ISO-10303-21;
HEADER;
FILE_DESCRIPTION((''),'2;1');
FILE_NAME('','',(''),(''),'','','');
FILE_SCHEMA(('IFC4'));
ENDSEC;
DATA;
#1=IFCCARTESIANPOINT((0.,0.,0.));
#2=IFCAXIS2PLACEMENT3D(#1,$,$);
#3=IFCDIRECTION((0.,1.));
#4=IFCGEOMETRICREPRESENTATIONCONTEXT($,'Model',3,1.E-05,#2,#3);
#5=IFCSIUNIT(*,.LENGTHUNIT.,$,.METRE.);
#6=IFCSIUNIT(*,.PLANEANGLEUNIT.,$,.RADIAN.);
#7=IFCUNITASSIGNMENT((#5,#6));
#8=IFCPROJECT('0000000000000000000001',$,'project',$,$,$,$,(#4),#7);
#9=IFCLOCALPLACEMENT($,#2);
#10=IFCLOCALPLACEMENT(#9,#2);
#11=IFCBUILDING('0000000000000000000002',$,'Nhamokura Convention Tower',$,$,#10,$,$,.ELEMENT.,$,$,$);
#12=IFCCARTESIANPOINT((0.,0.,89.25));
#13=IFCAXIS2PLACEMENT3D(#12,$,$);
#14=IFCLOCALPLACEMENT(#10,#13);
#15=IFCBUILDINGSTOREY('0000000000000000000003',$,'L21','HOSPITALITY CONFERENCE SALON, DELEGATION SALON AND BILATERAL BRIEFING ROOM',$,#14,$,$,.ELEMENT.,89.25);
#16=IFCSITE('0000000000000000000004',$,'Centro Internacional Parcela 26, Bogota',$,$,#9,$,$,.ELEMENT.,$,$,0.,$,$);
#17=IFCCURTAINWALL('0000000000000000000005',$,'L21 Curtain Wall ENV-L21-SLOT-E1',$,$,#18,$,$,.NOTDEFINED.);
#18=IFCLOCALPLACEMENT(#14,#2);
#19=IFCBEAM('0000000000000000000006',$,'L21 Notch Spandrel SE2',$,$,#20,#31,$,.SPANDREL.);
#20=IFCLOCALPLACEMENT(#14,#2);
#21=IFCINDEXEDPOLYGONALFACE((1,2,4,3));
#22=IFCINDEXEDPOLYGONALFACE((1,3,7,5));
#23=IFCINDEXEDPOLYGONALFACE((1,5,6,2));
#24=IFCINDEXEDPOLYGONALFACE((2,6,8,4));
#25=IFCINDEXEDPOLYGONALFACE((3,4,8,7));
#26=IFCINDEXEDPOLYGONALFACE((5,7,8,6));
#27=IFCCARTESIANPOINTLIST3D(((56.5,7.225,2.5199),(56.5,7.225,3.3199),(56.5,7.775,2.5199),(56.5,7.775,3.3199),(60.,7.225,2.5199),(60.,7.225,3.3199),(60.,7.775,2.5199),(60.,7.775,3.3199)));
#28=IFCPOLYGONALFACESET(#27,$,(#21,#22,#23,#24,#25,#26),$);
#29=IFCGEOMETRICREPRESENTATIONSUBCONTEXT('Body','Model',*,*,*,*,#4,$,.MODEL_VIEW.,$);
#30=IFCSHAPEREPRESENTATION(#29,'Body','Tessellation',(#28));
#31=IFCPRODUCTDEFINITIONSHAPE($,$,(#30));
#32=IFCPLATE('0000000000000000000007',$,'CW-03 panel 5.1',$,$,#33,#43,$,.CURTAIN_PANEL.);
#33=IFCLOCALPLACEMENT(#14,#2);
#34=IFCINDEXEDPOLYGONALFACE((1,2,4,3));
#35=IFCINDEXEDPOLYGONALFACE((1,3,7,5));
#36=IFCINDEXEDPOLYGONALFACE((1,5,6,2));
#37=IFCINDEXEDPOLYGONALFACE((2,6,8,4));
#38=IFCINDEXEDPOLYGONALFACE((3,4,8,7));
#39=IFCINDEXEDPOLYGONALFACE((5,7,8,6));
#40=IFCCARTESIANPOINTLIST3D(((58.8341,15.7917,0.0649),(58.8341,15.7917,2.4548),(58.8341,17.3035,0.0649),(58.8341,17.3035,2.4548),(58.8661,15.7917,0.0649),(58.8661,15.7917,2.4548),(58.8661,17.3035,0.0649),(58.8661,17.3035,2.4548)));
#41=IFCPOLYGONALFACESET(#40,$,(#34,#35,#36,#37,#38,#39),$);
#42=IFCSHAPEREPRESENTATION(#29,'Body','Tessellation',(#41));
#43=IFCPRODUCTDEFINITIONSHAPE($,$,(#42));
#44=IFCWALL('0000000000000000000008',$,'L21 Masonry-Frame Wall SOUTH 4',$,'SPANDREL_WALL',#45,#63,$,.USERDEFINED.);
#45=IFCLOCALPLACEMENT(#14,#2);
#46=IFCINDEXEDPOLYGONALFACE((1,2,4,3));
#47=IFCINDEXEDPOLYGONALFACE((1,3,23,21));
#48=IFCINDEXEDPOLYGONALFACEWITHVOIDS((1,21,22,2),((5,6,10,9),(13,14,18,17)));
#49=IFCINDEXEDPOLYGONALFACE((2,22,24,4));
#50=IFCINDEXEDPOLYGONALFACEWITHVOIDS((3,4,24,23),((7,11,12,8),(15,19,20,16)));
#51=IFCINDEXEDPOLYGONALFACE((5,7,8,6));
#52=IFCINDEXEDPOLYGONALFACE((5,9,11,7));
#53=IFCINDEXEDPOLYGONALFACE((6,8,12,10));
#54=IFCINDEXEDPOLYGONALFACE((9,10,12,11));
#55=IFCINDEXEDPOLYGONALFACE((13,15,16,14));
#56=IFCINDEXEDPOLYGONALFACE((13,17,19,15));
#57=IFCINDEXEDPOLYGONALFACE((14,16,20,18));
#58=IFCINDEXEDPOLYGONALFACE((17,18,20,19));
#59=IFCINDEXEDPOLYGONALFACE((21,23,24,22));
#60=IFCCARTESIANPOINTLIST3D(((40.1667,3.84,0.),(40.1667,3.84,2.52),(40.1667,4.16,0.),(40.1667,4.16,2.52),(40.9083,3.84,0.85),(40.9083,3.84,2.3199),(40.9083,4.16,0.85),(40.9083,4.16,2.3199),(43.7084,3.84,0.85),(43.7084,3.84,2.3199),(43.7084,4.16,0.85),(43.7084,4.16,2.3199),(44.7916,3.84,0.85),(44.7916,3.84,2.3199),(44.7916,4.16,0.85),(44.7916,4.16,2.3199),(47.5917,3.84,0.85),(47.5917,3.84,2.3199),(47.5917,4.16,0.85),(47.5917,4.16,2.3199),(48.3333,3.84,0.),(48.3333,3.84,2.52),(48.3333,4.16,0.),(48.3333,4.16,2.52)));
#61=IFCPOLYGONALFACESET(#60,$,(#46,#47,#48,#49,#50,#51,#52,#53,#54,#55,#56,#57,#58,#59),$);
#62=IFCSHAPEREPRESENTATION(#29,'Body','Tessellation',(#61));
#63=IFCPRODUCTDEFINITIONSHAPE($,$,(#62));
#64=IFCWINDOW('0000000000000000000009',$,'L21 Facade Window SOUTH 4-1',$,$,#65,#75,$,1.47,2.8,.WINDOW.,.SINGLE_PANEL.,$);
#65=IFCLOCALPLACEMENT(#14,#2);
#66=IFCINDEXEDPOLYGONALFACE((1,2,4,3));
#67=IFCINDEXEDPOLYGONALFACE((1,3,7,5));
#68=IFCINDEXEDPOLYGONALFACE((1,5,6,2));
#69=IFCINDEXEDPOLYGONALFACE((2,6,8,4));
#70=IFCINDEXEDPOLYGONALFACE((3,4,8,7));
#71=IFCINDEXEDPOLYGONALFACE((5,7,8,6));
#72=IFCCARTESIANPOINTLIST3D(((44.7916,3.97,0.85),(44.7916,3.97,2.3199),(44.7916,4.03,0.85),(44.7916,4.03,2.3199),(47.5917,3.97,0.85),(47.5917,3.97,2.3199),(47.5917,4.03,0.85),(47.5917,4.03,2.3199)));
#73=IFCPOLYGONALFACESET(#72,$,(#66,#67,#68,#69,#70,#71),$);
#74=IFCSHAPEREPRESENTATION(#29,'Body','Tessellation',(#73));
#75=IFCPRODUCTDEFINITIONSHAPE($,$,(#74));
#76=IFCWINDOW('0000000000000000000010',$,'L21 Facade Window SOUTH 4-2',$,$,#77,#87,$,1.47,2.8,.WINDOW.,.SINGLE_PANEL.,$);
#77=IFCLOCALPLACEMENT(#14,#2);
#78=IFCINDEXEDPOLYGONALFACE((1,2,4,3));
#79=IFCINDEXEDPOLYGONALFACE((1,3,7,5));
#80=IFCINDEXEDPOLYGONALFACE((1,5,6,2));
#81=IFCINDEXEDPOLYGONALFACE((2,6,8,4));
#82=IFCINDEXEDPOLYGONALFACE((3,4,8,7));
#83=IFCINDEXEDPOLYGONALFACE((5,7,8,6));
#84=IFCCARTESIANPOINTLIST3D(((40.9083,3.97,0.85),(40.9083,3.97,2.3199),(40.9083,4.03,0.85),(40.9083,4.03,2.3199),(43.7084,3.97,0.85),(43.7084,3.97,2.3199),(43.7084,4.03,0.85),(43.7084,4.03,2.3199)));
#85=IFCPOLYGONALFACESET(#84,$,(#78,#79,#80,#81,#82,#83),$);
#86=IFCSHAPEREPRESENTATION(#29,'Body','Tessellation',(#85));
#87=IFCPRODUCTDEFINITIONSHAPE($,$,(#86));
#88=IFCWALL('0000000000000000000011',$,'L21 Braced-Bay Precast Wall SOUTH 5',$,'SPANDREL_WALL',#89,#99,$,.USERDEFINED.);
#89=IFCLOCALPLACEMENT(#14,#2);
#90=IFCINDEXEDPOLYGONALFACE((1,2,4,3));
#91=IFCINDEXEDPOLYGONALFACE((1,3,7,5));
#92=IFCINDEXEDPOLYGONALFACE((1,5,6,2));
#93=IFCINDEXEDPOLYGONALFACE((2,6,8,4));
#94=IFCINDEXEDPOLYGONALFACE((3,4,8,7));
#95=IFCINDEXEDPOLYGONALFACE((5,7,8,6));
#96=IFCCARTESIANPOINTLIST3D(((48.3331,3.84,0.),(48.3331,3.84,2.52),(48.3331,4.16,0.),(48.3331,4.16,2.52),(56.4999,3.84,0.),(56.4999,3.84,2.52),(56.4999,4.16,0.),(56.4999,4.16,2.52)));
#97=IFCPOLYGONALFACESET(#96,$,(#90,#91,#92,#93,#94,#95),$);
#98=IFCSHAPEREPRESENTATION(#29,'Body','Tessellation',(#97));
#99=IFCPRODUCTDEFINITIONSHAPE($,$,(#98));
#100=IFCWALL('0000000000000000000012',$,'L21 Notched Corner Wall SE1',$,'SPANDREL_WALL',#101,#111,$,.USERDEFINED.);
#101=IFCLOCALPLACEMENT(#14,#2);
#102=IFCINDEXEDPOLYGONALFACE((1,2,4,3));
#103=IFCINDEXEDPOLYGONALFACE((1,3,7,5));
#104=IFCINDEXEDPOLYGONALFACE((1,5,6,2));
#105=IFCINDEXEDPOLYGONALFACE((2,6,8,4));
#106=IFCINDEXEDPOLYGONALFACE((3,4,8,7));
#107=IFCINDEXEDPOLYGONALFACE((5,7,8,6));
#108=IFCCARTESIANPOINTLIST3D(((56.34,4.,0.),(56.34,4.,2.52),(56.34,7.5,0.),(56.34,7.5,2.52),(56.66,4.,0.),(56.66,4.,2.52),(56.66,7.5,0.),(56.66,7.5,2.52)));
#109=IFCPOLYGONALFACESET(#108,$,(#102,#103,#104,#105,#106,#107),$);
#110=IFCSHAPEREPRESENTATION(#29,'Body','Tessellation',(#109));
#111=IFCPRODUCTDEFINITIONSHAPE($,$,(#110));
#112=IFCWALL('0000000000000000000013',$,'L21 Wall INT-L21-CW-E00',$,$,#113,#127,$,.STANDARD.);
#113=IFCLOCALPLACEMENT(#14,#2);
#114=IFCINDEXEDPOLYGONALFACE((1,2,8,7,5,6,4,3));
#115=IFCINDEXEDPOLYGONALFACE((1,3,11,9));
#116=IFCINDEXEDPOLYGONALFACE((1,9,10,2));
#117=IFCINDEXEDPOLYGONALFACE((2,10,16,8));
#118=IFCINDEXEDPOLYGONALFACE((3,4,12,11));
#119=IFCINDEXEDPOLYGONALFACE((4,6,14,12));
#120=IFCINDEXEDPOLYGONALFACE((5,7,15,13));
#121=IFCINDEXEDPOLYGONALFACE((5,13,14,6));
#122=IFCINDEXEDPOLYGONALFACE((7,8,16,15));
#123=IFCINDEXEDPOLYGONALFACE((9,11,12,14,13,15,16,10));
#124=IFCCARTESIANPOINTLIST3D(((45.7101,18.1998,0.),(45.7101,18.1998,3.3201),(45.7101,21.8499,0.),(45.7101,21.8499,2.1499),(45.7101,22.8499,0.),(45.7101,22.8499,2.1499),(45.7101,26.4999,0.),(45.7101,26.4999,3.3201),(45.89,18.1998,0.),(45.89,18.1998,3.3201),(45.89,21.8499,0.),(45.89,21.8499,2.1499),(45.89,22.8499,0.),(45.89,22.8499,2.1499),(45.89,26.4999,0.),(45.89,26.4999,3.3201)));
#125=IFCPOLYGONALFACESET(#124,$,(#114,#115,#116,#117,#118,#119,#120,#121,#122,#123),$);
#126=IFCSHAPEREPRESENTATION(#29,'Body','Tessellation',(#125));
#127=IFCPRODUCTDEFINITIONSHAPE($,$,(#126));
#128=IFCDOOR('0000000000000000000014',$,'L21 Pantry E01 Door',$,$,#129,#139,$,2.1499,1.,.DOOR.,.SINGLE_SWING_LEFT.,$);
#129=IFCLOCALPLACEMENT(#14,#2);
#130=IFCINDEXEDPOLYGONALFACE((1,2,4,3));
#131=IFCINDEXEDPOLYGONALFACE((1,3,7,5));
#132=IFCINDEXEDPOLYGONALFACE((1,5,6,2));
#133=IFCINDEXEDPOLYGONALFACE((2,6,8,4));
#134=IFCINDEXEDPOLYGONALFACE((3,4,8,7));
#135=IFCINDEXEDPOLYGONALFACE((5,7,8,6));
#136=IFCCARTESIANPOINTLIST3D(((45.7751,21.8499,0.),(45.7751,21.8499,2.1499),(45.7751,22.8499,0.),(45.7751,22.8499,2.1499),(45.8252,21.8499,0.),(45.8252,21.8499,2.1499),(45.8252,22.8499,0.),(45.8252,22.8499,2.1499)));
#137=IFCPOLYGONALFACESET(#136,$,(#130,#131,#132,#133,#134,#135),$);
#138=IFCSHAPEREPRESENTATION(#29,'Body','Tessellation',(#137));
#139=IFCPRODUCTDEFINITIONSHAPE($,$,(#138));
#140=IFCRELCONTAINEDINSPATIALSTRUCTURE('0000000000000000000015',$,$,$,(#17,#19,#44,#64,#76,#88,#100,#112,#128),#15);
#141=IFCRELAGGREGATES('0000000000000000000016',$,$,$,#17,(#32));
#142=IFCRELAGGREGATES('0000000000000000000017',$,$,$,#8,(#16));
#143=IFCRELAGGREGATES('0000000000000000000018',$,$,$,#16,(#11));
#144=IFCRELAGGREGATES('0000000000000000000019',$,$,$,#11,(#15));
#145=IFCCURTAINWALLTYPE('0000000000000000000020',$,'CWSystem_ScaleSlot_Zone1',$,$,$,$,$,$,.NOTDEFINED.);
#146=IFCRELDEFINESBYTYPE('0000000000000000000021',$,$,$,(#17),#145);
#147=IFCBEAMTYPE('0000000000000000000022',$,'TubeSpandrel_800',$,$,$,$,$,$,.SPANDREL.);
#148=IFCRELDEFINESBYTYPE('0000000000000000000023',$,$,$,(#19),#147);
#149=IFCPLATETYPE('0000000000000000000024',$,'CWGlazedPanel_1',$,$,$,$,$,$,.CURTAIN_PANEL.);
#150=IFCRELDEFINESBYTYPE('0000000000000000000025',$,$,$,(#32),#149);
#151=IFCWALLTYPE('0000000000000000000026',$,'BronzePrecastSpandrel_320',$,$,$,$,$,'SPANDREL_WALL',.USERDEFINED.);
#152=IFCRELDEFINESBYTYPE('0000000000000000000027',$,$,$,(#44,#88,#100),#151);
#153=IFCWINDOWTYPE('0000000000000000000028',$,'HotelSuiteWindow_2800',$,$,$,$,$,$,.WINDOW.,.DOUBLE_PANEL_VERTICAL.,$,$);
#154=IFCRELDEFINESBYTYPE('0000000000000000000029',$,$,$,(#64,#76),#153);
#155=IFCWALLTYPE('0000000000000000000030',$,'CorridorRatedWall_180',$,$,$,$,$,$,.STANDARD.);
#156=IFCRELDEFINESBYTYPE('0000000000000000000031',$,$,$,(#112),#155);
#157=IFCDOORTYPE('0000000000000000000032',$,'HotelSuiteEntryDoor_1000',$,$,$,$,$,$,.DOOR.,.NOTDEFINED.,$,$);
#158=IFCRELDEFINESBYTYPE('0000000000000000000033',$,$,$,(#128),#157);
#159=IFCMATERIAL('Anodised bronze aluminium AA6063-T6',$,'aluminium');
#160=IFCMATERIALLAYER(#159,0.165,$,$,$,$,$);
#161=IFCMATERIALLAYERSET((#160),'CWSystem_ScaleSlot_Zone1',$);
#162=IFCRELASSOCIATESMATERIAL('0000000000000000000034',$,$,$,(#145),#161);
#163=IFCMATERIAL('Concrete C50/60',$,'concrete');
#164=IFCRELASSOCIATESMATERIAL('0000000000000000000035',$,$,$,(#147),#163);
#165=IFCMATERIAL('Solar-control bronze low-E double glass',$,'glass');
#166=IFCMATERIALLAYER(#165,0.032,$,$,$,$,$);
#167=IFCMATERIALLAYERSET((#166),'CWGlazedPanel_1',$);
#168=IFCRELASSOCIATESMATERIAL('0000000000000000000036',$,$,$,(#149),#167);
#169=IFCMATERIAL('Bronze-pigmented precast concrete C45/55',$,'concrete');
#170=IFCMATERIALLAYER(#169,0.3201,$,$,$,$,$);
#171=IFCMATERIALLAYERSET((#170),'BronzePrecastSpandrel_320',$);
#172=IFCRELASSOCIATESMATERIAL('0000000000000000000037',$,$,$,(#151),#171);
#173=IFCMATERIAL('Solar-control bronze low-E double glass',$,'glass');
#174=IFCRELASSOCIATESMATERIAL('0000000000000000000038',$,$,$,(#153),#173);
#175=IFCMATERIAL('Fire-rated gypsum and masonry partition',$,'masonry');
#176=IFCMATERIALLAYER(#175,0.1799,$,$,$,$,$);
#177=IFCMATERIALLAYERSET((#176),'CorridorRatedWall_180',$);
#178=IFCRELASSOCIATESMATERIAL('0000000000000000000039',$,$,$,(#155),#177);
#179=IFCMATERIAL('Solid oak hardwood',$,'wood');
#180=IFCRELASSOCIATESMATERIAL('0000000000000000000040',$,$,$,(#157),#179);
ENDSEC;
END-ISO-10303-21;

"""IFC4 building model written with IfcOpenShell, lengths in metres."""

from ifc_helpers import new_model, si_unit, direction, frame, frame_2d, origin, origin_2d, place, context, subcontext, project, spatial, rectangle, extrude, material, layer, layer_set, material_profile, profile_set, type_object, element, fill, aggregate, save


model = new_model("IFC4")

# Units and contexts
model_context = context("Model", 3, precision=1e-05, world=origin(), true_north=direction((0.0, 1.0)))
body_context = subcontext(model_context, "Body", "Model", "MODEL_VIEW")
ifc_project = project(units=[si_unit("LENGTHUNIT", "METRE"), si_unit("PLANEANGLEUNIT", "RADIAN")], contexts=[model_context])

# Site, building, storey
site_placement = place(None, origin())
site = spatial("IfcSite", under=ifc_project, at=site_placement, Name="Centro Internacional Parcela 26, Bogota", CompositionType="ELEMENT", RefElevation=0.0)
building_placement = place(site_placement, origin())
building = spatial("IfcBuilding", under=site, at=building_placement, Name="Nhamokura Convention Tower", CompositionType="ELEMENT")
storey_placement = place(building_placement, frame((0.0, 0.0, 89.25)))
storey = spatial("IfcBuildingStorey", under=building, at=storey_placement, Name="L21", Description="HOSPITALITY CONFERENCE SALON, DELEGATION SALON AND BILATERAL BRIEFING ROOM", CompositionType="ELEMENT", Elevation=89.25)

# Curtain wall
ifc_material_1 = material(Name="Anodised bronze aluminium AA6063-T6", Category="aluminium")
ifc_layer_1 = layer(ifc_material_1, 0.165)
ifc_layer_set_1 = layer_set([ifc_layer_1], Name="CWSystem_ScaleSlot_Zone1")
curtain_wall_type = type_object("IfcCurtainWallType", Name="CWSystem_ScaleSlot_Zone1", PredefinedType="NOTDEFINED", material=ifc_layer_set_1)
curtain_wall_placement = place(storey_placement, origin())
curtain_wall = element("IfcCurtainWall", 1, at=curtain_wall_placement, inside=storey, type_object=curtain_wall_type, Name="L21 Curtain Wall ENV-L21-SLOT-E1", PredefinedType="NOTDEFINED")

# Beam
ifc_material_2 = material(Name="Concrete C50/60", Category="concrete")
ifc_material_profile_1 = material_profile(ifc_material_2, rectangle(XDim=0.55, YDim=0.8, at=origin_2d()))
ifc_profile_set_1 = profile_set([ifc_material_profile_1], Name="Concrete C50/60")
beam_type_1 = type_object("IfcBeamType", Name="TubeSpandrel_800", PredefinedType="SPANDREL", material=ifc_profile_set_1)
for number, where, z_axis, x_axis, name in (
    (2, (56.5, 7.5, 2.9199), (1.0, 0.0, 0.0), (0.0, 1.0, 0.0), "L21 Notch Spandrel SE2"),
):
    element("IfcBeam", number, at=place(storey_placement, frame(where, z_axis=z_axis, x_axis=x_axis)), inside=storey, type_object=beam_type_1, Name=name, PredefinedType="SPANDREL", context=body_context, shape_type="SweptSolid", body=[
        extrude(rectangle(XDim=0.55, YDim=0.8, at=origin_2d()), origin(), (0.0, 0.0, 1.0), 3.5),
    ])

# Plate
ifc_material_3 = material(Name="Solar-control bronze low-E double glass", Category="glass")
ifc_layer_2 = layer(ifc_material_3, 0.032)
ifc_layer_set_2 = layer_set([ifc_layer_2], Name="CWGlazedPanel_1")
plate_type = type_object("IfcPlateType", Name="CWGlazedPanel_1", PredefinedType="CURTAIN_PANEL", material=ifc_layer_set_2)
plate_placement = place(storey_placement, frame((58.8501, 16.5476, 0.0649), z_axis=(0.0, 0.0, 1.0), x_axis=(0.0, -1.0, 0.0)))
plate = element("IfcPlate", 3, at=plate_placement, type_object=plate_type, Name="CW-03 panel 5.1", PredefinedType="CURTAIN_PANEL", context=body_context, shape_type="SweptSolid", body=[
    extrude(rectangle(XDim=1.5117, YDim=0.032, at=origin_2d()), origin(), (0.0, 0.0, 1.0), 2.3899),
])
aggregate(curtain_wall, [plate])

# Wall, openings, windows
ifc_material_4 = material(Name="Bronze-pigmented precast concrete C45/55", Category="concrete")
ifc_layer_3 = layer(ifc_material_4, 0.3201)
ifc_layer_set_3 = layer_set([ifc_layer_3], Name="BronzePrecastSpandrel_320")
wall_type_1 = type_object("IfcWallType", Name="BronzePrecastSpandrel_320", ElementType="SPANDREL_WALL", PredefinedType="USERDEFINED", material=ifc_layer_set_3)
wall_1_placement = place(storey_placement, frame((48.3333, 4.0, 0.0), z_axis=(0.0, 0.0, 1.0), x_axis=(-1.0, 0.0, 0.0)))
wall_1 = element("IfcWall", 4, at=wall_1_placement, inside=storey, type_object=wall_type_1, Name="L21 Masonry-Frame Wall SOUTH 4", ObjectType="SPANDREL_WALL", PredefinedType="USERDEFINED", context=body_context, shape_type="SweptSolid", body=[
    extrude(rectangle(XDim=8.1665, YDim=0.3201, at=frame_2d((4.0833, 0.0))), origin(), (0.0, 0.0, 1.0), 2.52),
])
opening_1_placement = place(wall_1_placement, frame((0.7417, 0.0, 0.8501)))
opening_1 = element("IfcOpeningElement", 5, at=opening_1_placement, cuts=wall_1, PredefinedType="OPENING", context=body_context, shape_type="SweptSolid", body=[
    extrude(rectangle(XDim=2.8, YDim=1.47, at=frame_2d((1.3999, 0.7349))), frame((0.0, 0.1699, 0.0), z_axis=(0.0, -1.0, 0.0), x_axis=(1.0, 0.0, 0.0)), (0.0, 0.0, 1.0), 0.3401),
])
opening_2_placement = place(wall_1_placement, frame((4.625, 0.0, 0.8501)))
opening_2 = element("IfcOpeningElement", 6, at=opening_2_placement, cuts=wall_1, PredefinedType="OPENING", context=body_context, shape_type="SweptSolid", body=[
    extrude(rectangle(XDim=2.8, YDim=1.47, at=frame_2d((1.3999, 0.7349))), frame((0.0, 0.1699, 0.0), z_axis=(0.0, -1.0, 0.0), x_axis=(1.0, 0.0, 0.0)), (0.0, 0.0, 1.0), 0.3401),
])
ifc_material_5 = material(Name="Solar-control bronze low-E double glass", Category="glass")
window_type = type_object("IfcWindowType", Name="HotelSuiteWindow_2800", PartitioningType="DOUBLE_PANEL_VERTICAL", PredefinedType="WINDOW", material=ifc_material_5)
window_1_placement = place(opening_1_placement, origin())
window_1 = element("IfcWindow", 7, at=window_1_placement, inside=storey, type_object=window_type, Name="L21 Facade Window SOUTH 4-1", OverallHeight=1.47, OverallWidth=2.8, PartitioningType="SINGLE_PANEL", PredefinedType="WINDOW", context=body_context, shape_type="SweptSolid", body=[
    extrude(rectangle(XDim=2.8, YDim=1.47, at=frame_2d((1.3999, 0.7349))), frame((0.0, 0.03, 0.0), z_axis=(0.0, -1.0, 0.0), x_axis=(1.0, 0.0, 0.0)), (0.0, 0.0, 1.0), 0.0601),
])
fill(opening_1, window_1)
window_2_placement = place(opening_2_placement, origin())
window_2 = element("IfcWindow", 8, at=window_2_placement, inside=storey, type_object=window_type, Name="L21 Facade Window SOUTH 4-2", OverallHeight=1.47, OverallWidth=2.8, PartitioningType="SINGLE_PANEL", PredefinedType="WINDOW", context=body_context, shape_type="SweptSolid", body=[
    extrude(rectangle(XDim=2.8, YDim=1.47, at=frame_2d((1.3999, 0.7349))), frame((0.0, 0.03, 0.0), z_axis=(0.0, -1.0, 0.0), x_axis=(1.0, 0.0, 0.0)), (0.0, 0.0, 1.0), 0.0601),
])
fill(opening_2, window_2)

# Walls
wall_2_placement = place(storey_placement, frame((56.5, 4.0, 0.0), z_axis=(0.0, 0.0, 1.0), x_axis=(-1.0, 0.0, 0.0)))
element("IfcWall", 9, at=wall_2_placement, inside=storey, type_object=wall_type_1, Name="L21 Braced-Bay Precast Wall SOUTH 5", ObjectType="SPANDREL_WALL", PredefinedType="USERDEFINED", context=body_context, shape_type="SweptSolid", body=[
    extrude(rectangle(XDim=8.1667, YDim=0.3201, at=frame_2d((4.0835, 0.0))), origin(), (0.0, 0.0, 1.0), 2.52),
])
wall_3_placement = place(storey_placement, frame((56.5, 7.5, 0.0), z_axis=(0.0, 0.0, 1.0), x_axis=(0.0, -1.0, 0.0)))
element("IfcWall", 10, at=wall_3_placement, inside=storey, type_object=wall_type_1, Name="L21 Notched Corner Wall SE1", ObjectType="SPANDREL_WALL", PredefinedType="USERDEFINED", context=body_context, shape_type="SweptSolid", body=[
    extrude(rectangle(XDim=3.5, YDim=0.3201, at=frame_2d((1.75, 0.0))), origin(), (0.0, 0.0, 1.0), 2.52),
])

# Wall, opening, door
ifc_material_6 = material(Name="Fire-rated gypsum and masonry partition", Category="masonry")
ifc_layer_4 = layer(ifc_material_6, 0.1799)
ifc_layer_set_4 = layer_set([ifc_layer_4], Name="CorridorRatedWall_180")
wall_type_2 = type_object("IfcWallType", Name="CorridorRatedWall_180", PredefinedType="STANDARD", material=ifc_layer_set_4)
wall_4_placement = place(storey_placement, frame((45.8, 18.2, 0.0), z_axis=(0.0, 0.0, 1.0), x_axis=(0.0, 1.0, 0.0)))
wall_4 = element("IfcWall", 11, at=wall_4_placement, inside=storey, type_object=wall_type_2, Name="L21 Wall INT-L21-CW-E00", PredefinedType="STANDARD", context=body_context, shape_type="SweptSolid", body=[
    extrude(rectangle(XDim=8.3, YDim=0.1799, at=frame_2d((4.1499, 0.0))), origin(), (0.0, 0.0, 1.0), 3.3201),
])
opening_3_placement = place(wall_4_placement, frame((3.6499, 0.0, 0.0)))
opening_3 = element("IfcOpeningElement", 12, at=opening_3_placement, cuts=wall_4, PredefinedType="OPENING", context=body_context, shape_type="SweptSolid", body=[
    extrude(rectangle(XDim=1.0, YDim=2.1499, at=frame_2d((0.5, 1.075))), frame((0.0, 0.0999, 0.0), z_axis=(0.0, -1.0, 0.0), x_axis=(1.0, 0.0, 0.0)), (0.0, 0.0, 1.0), 0.2),
])
ifc_material_7 = material(Name="Solid oak hardwood", Category="wood")
door_type = type_object("IfcDoorType", Name="HotelSuiteEntryDoor_1000", OperationType="NOTDEFINED", PredefinedType="DOOR", material=ifc_material_7)
door_placement = place(opening_3_placement, origin())
door = element("IfcDoor", 13, at=door_placement, inside=storey, type_object=door_type, Name="L21 Pantry E01 Door", OperationType="SINGLE_SWING_LEFT", OverallHeight=2.1499, OverallWidth=1.0, PredefinedType="DOOR", context=body_context, shape_type="SweptSolid", body=[
    extrude(rectangle(XDim=1.0, YDim=2.1499, at=frame_2d((0.5, 1.075))), frame((0.0, 0.0249, 0.0), z_axis=(0.0, -1.0, 0.0), x_axis=(1.0, 0.0, 0.0)), (0.0, 0.0, 1.0), 0.05),
])
fill(opening_3, door)

save(model, "model.ifc")
